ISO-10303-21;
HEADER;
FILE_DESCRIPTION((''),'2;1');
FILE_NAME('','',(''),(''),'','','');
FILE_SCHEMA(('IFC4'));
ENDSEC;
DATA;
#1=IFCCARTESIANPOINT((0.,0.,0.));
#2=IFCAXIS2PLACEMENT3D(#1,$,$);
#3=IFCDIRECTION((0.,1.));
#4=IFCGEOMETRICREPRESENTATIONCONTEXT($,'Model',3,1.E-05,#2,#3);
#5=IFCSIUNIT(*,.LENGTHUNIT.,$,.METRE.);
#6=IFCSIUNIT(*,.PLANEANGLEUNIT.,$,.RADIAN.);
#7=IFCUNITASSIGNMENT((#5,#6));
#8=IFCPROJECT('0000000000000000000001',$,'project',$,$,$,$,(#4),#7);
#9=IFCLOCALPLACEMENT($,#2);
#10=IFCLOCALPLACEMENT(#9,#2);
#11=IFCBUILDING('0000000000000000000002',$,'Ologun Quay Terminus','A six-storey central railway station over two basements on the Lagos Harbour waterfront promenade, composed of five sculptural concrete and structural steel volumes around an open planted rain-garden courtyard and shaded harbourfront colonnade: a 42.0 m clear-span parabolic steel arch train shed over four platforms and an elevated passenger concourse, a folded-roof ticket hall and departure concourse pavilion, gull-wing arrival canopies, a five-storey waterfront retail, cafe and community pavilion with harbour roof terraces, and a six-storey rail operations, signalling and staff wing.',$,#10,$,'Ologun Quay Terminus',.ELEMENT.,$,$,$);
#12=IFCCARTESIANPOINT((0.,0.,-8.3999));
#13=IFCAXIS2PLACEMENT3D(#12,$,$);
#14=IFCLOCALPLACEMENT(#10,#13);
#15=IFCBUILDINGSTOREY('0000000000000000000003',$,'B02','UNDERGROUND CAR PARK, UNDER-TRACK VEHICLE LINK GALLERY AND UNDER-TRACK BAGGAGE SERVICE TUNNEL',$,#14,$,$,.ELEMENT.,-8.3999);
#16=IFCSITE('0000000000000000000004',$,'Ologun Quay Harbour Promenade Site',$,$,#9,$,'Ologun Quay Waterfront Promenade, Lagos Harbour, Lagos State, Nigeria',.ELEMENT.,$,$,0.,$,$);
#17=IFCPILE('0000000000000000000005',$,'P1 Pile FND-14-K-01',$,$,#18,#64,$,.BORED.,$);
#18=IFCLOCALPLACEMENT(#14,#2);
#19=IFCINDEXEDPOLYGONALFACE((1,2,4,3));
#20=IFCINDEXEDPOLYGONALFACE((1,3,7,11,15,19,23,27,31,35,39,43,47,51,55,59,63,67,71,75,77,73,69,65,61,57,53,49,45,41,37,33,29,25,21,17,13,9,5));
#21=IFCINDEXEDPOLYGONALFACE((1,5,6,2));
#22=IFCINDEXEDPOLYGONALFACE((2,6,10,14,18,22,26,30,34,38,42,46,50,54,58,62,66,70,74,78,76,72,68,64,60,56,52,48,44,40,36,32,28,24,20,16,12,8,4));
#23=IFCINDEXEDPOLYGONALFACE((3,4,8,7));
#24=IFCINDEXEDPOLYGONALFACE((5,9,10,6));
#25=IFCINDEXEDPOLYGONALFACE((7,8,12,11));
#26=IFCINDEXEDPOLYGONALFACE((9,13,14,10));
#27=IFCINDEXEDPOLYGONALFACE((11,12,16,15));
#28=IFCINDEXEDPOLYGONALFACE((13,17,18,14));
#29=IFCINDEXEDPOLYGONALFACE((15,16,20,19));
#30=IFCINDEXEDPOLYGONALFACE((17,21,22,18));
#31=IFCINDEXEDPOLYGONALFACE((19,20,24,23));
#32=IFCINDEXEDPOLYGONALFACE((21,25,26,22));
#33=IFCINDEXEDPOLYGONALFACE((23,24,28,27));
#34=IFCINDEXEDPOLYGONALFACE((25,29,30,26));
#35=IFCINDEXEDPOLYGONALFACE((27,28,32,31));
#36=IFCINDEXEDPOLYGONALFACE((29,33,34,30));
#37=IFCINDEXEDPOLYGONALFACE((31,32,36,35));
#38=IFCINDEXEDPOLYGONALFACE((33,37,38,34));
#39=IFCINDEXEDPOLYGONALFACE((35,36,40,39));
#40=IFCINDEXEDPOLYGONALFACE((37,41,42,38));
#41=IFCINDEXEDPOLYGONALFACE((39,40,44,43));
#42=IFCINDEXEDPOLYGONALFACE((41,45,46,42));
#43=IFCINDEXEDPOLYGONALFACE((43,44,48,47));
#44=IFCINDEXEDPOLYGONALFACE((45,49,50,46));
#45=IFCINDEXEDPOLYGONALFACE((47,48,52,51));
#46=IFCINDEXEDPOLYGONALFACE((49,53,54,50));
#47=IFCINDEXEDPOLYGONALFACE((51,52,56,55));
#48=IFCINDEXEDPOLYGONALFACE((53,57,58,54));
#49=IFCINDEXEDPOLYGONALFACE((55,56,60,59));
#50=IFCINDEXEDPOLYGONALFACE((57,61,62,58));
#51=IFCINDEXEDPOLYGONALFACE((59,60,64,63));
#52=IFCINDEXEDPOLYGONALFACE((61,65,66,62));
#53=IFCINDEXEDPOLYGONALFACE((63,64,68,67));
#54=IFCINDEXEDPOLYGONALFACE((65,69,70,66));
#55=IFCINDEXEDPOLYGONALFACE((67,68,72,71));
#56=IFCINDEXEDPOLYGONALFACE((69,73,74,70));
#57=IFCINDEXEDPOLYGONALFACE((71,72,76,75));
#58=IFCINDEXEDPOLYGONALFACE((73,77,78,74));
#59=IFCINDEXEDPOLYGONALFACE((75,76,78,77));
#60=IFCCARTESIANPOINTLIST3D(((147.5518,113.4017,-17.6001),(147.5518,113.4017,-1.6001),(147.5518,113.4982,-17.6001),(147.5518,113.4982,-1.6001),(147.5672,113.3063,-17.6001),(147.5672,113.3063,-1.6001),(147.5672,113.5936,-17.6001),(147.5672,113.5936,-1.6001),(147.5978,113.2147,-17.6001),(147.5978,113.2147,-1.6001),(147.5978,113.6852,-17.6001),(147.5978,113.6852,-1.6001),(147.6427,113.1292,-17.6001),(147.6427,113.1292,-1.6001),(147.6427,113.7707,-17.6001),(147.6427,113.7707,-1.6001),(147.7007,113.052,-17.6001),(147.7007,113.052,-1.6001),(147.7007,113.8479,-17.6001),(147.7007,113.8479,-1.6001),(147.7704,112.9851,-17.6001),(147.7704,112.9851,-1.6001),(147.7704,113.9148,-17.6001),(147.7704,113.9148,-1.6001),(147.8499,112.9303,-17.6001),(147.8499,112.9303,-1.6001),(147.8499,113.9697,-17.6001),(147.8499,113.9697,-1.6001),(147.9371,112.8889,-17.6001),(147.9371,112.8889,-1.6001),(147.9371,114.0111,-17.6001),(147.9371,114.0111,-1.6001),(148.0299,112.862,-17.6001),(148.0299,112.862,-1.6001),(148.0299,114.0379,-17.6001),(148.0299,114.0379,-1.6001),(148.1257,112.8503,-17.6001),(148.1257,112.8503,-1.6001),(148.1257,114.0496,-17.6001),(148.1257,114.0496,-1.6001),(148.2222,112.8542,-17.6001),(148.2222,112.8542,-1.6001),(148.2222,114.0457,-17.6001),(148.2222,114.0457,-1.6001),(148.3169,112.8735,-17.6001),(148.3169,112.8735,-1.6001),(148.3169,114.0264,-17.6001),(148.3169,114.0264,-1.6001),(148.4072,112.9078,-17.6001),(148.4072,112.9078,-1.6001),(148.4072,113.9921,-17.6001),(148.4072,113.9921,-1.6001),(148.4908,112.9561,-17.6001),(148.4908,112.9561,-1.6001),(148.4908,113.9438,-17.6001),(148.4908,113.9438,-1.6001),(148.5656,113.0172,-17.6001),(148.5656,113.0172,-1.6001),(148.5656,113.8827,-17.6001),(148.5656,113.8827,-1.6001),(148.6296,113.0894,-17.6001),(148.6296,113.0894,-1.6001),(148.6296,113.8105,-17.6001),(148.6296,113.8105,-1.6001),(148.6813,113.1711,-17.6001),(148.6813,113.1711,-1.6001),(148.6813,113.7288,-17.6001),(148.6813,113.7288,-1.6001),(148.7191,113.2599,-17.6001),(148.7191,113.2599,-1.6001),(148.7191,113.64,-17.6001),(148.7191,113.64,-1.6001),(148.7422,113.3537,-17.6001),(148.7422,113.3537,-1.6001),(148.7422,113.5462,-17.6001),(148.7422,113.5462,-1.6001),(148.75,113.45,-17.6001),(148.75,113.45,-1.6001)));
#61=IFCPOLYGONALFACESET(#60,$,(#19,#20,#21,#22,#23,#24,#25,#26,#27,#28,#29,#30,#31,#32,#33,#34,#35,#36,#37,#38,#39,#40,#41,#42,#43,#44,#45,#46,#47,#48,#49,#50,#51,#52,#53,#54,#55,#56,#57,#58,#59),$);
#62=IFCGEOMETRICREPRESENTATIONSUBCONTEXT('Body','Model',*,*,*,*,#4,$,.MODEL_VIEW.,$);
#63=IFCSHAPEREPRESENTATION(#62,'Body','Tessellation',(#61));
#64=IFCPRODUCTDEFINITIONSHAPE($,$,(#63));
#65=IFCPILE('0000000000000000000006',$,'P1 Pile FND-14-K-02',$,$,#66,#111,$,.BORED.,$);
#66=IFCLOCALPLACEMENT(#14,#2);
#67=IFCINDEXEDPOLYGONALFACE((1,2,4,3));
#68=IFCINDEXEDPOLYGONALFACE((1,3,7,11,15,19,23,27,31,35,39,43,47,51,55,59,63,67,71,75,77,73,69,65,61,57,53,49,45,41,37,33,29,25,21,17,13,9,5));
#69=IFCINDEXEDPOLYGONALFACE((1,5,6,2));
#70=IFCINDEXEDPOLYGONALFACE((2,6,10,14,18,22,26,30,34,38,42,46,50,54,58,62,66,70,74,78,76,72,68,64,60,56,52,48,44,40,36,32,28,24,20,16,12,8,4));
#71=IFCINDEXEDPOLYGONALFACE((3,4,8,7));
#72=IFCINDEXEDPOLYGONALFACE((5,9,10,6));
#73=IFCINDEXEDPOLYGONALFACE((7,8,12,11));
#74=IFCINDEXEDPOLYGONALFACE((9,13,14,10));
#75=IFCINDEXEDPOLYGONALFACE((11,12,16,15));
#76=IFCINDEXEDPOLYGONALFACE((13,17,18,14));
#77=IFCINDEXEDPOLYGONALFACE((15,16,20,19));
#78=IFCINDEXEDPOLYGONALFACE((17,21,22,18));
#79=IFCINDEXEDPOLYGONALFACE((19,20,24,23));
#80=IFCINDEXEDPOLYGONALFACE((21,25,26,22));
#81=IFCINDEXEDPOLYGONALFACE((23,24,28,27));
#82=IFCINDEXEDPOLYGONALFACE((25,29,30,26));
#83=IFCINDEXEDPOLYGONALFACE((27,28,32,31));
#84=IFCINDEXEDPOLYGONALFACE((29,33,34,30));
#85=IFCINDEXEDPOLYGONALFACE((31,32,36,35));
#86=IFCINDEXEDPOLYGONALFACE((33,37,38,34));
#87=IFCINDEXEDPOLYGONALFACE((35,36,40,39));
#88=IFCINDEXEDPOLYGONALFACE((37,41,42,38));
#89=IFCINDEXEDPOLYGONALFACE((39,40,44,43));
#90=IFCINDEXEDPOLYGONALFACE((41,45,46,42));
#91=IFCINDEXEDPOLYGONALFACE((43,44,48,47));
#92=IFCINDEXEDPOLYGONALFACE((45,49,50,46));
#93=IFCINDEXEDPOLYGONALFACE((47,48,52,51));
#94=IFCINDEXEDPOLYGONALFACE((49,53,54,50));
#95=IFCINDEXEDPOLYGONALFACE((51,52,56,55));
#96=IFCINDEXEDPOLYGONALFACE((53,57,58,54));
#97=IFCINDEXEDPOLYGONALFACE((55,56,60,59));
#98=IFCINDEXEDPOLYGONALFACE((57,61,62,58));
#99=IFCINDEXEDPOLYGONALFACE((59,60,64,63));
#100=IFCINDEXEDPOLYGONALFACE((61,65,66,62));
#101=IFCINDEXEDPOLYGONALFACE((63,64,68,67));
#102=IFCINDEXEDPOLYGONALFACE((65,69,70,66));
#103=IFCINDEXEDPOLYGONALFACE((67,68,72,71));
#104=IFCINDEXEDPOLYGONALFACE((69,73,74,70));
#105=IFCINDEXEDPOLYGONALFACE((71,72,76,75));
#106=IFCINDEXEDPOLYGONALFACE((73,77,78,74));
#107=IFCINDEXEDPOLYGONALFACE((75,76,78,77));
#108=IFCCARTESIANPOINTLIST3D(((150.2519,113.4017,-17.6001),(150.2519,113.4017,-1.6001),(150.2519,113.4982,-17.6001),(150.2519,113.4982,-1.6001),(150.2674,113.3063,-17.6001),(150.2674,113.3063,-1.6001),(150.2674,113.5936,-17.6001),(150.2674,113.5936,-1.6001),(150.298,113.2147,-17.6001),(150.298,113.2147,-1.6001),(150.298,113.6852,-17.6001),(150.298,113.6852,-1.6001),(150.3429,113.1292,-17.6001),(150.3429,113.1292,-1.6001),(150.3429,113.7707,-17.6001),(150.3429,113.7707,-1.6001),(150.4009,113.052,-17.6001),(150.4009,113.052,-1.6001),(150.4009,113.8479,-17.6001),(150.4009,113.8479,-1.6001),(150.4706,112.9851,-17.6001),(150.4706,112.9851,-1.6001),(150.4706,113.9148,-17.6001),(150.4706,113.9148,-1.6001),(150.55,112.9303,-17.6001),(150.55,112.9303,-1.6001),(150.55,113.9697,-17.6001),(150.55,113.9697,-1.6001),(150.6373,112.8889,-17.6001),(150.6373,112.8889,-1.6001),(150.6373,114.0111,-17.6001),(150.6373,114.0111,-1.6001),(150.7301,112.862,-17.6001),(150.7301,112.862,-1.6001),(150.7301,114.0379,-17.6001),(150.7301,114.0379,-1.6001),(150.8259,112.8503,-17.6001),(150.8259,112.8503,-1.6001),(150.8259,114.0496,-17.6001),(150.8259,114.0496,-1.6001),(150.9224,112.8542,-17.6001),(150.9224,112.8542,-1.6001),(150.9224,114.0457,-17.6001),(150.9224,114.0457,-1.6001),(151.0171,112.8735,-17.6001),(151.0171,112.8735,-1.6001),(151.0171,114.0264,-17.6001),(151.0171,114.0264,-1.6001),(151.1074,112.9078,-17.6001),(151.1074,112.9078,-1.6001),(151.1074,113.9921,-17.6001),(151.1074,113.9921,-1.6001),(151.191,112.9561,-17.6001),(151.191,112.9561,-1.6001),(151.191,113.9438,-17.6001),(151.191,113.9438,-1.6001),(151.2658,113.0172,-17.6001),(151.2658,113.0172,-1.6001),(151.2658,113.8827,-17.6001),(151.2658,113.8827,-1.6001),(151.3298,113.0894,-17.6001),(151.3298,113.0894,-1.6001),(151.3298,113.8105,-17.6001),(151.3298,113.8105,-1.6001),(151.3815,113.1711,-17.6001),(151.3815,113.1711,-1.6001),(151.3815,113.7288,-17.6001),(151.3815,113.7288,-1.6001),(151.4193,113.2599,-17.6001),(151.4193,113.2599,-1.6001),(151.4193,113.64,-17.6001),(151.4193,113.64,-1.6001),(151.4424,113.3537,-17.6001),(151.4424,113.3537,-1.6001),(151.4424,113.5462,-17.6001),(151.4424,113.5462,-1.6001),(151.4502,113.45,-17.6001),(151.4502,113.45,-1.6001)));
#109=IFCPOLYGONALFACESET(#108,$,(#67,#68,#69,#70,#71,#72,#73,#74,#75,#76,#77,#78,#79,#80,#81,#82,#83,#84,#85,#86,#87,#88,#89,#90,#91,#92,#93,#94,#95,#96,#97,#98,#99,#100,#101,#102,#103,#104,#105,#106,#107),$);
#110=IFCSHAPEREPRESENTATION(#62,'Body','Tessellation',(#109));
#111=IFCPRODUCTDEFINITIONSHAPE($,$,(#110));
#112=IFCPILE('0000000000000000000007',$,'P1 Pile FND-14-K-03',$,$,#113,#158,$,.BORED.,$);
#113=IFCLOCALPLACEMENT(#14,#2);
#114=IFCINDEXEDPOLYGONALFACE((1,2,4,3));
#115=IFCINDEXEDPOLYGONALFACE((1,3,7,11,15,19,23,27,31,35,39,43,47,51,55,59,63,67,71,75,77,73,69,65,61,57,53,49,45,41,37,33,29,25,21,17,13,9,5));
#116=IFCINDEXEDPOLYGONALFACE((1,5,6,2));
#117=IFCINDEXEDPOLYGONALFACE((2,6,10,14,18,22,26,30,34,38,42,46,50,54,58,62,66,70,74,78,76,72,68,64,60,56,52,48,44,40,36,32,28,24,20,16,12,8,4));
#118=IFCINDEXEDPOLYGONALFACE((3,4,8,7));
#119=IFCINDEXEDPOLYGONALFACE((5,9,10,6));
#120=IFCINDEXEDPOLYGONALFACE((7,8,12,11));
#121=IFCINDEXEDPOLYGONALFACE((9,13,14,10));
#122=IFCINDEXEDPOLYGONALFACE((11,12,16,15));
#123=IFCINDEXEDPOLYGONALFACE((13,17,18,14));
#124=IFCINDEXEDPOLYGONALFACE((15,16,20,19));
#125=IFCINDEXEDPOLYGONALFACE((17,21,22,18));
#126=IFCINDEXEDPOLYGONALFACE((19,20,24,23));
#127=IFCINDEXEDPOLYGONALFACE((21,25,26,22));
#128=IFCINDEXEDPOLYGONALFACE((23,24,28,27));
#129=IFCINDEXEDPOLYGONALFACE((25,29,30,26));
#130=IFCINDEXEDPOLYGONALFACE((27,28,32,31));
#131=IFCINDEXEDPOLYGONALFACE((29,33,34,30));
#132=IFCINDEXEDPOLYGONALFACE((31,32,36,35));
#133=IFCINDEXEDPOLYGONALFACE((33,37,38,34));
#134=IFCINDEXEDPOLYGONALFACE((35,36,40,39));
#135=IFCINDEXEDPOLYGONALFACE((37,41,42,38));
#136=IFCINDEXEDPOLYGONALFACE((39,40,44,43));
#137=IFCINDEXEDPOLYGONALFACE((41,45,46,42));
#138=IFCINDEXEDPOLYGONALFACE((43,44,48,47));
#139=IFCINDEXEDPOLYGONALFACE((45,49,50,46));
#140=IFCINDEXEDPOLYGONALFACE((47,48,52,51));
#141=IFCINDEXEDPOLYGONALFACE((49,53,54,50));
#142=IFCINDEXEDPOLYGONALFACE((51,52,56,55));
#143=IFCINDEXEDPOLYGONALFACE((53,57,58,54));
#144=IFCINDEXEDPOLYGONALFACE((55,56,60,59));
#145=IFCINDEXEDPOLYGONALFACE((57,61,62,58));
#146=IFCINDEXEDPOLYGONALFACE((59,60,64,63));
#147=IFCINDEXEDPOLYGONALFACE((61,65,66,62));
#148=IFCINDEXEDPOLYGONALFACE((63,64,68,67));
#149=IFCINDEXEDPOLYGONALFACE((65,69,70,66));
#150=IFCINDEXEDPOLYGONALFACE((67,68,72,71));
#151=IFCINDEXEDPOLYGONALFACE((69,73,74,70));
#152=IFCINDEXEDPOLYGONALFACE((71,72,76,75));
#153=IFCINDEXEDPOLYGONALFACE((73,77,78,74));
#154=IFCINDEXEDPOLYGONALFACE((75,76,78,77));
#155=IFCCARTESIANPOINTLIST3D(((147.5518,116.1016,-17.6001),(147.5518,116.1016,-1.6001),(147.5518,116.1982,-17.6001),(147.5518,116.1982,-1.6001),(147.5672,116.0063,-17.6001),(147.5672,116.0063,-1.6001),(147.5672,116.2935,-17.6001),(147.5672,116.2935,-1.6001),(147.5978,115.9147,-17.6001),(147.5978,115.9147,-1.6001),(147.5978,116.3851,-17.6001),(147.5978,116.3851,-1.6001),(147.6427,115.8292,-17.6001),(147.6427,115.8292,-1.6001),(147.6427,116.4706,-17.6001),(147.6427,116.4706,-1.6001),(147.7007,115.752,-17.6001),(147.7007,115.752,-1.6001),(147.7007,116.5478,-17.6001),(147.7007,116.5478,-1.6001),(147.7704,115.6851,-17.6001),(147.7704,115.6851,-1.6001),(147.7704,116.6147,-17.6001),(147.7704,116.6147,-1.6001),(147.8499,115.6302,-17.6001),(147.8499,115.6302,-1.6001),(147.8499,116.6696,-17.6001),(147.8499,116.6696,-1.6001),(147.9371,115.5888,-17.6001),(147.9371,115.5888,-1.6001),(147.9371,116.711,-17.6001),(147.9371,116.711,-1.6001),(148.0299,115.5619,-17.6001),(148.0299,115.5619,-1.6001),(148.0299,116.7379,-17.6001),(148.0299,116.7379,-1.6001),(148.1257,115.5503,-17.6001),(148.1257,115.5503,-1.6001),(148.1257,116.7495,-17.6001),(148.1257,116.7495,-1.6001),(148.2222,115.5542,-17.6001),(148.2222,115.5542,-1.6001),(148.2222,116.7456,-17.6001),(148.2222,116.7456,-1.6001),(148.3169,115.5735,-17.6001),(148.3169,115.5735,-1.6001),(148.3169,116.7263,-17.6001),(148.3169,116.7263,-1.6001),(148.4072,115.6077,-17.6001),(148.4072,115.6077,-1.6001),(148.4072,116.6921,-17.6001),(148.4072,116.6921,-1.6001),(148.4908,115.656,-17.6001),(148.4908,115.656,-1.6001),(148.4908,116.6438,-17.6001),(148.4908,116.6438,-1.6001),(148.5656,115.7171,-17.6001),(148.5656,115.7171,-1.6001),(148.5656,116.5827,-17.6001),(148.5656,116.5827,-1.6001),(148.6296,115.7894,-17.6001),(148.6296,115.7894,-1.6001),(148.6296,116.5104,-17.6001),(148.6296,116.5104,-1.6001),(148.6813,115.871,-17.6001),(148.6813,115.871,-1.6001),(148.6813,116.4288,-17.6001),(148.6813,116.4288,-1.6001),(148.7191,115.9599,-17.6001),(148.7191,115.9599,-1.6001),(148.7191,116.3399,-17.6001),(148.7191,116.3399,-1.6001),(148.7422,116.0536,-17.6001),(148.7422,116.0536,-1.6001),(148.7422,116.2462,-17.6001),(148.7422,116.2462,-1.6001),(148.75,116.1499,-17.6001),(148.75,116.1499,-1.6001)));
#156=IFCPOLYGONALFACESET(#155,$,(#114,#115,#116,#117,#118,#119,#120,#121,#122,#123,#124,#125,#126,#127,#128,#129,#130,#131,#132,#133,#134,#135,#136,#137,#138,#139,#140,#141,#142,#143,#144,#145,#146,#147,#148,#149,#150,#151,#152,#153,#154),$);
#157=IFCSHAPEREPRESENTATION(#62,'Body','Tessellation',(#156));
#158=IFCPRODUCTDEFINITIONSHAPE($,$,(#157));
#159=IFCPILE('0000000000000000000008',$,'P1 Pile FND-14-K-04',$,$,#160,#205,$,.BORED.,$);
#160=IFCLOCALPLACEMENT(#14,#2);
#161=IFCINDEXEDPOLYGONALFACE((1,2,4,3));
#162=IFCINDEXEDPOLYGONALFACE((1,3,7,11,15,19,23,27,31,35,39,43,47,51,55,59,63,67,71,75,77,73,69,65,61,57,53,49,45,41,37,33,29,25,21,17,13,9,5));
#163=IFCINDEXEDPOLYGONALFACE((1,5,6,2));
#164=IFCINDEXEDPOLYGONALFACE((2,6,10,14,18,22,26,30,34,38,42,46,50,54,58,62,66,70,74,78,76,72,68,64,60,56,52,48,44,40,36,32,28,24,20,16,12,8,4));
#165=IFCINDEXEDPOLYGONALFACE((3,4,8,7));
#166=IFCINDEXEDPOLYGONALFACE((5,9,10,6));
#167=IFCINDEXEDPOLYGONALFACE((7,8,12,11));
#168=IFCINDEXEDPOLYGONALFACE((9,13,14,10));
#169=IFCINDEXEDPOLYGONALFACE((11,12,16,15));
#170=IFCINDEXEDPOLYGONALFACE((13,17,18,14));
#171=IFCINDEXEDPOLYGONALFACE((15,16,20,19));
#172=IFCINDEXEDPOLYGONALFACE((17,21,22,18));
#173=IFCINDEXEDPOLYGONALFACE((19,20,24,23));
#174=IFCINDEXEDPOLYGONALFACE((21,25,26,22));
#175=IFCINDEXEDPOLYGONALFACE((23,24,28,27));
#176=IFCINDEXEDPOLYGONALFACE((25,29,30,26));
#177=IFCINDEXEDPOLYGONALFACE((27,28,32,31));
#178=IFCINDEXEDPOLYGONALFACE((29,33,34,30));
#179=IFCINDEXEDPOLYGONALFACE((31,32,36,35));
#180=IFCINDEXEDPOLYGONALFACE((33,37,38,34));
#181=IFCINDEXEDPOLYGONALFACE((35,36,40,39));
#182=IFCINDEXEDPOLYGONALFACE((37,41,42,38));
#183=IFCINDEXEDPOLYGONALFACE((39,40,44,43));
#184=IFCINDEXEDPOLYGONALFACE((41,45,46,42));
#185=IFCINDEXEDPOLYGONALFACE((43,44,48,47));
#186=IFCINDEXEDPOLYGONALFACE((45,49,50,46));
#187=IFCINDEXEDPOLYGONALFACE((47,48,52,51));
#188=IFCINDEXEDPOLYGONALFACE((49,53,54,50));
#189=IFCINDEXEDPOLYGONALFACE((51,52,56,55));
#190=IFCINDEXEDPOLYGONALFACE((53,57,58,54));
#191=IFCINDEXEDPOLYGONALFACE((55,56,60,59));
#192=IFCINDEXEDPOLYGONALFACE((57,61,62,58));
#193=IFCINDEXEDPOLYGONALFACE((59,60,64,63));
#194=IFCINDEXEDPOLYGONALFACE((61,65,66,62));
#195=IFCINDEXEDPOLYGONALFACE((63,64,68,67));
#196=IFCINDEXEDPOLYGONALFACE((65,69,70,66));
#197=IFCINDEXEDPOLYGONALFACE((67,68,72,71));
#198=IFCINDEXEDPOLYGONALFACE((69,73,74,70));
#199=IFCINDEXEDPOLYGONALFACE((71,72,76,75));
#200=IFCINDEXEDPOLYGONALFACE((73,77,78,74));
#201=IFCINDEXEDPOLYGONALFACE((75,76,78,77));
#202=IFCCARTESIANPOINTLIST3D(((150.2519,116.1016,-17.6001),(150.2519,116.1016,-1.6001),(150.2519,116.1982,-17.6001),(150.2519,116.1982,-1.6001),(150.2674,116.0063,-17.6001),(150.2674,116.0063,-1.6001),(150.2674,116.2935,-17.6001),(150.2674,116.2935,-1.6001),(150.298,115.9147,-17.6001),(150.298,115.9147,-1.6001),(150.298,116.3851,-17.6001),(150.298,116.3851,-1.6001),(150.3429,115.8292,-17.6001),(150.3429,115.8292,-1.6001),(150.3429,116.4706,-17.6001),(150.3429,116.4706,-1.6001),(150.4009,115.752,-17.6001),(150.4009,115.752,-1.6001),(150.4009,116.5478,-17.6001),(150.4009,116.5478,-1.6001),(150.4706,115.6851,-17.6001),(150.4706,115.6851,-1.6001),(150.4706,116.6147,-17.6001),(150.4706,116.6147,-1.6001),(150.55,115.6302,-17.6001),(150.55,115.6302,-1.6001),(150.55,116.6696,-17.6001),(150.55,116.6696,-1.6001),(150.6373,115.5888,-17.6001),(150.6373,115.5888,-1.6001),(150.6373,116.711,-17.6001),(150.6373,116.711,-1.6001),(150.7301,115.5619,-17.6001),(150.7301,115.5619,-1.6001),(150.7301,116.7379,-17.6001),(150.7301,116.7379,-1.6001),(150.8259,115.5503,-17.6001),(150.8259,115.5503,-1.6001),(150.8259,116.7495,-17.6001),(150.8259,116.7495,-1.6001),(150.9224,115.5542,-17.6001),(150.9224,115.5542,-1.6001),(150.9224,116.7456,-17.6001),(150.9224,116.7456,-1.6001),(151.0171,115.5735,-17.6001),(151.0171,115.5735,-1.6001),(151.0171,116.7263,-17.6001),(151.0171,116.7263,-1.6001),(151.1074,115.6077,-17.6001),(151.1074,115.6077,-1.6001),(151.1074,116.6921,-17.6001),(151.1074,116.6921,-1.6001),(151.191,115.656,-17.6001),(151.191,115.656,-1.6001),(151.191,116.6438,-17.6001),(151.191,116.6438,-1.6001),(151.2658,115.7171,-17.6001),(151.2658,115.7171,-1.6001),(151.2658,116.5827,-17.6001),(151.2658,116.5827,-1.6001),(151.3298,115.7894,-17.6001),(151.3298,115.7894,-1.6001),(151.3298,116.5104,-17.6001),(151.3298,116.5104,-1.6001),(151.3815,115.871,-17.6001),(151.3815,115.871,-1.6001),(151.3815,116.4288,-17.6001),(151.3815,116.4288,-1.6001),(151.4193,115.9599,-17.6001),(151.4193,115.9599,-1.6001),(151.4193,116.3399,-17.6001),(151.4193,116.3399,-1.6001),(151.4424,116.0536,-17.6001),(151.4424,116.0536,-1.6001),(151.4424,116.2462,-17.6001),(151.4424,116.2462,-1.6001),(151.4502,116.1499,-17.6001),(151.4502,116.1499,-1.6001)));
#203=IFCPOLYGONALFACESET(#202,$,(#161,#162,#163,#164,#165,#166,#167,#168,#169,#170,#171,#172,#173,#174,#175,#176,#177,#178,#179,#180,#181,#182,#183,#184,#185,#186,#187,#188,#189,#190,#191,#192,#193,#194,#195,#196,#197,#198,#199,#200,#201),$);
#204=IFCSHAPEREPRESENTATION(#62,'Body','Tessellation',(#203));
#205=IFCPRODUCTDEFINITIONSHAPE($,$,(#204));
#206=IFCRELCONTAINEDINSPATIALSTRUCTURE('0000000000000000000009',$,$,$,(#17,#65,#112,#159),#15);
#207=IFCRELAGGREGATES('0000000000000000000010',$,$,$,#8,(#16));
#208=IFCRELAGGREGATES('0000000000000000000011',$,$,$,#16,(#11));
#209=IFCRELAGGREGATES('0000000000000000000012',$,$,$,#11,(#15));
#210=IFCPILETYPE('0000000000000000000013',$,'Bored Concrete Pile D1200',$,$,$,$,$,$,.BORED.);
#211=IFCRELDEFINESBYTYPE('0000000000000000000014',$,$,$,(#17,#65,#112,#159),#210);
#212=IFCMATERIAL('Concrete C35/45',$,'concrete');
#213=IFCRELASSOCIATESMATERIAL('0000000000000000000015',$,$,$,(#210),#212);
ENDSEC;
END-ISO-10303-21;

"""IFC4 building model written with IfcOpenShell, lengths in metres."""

from ifc_helpers import new_model, si_unit, direction, frame, origin, origin_2d, place, context, subcontext, project, spatial, circle, extrude, material, material_profile, profile_set, type_object, element, save


model = new_model("IFC4")

# Units and contexts
model_context = context("Model", 3, precision=1e-05, world=origin(), true_north=direction((0.0, 1.0)))
body_context = subcontext(model_context, "Body", "Model", "MODEL_VIEW")
ifc_project = project(units=[si_unit("LENGTHUNIT", "METRE"), si_unit("PLANEANGLEUNIT", "RADIAN")], contexts=[model_context])

# Site, building, storey
site_placement = place(None, origin())
site = spatial("IfcSite", under=ifc_project, at=site_placement, Name="Ologun Quay Harbour Promenade Site", LongName="Ologun Quay Waterfront Promenade, Lagos Harbour, Lagos State, Nigeria", CompositionType="ELEMENT", RefElevation=0.0)
building_placement = place(site_placement, origin())
building = spatial("IfcBuilding", under=site, at=building_placement, Name="Ologun Quay Terminus", Description="A six-storey central railway station over two basements on the Lagos Harbour waterfront promenade, composed of five sculptural concrete and structural steel volumes around an open planted rain-garden courtyard and shaded harbourfront colonnade: a 42.0 m clear-span parabolic steel arch train shed over four platforms and an elevated passenger concourse, a folded-roof ticket hall and departure concourse pavilion, gull-wing arrival canopies, a five-storey waterfront retail, cafe and community pavilion with harbour roof terraces, and a six-storey rail operations, signalling and staff wing.", LongName="Ologun Quay Terminus", CompositionType="ELEMENT")
storey_placement = place(building_placement, frame((0.0, 0.0, -8.3999)))
storey = spatial("IfcBuildingStorey", under=building, at=storey_placement, Name="B02", Description="UNDERGROUND CAR PARK, UNDER-TRACK VEHICLE LINK GALLERY AND UNDER-TRACK BAGGAGE SERVICE TUNNEL", CompositionType="ELEMENT", Elevation=-8.3999)

# Piles
ifc_material_1 = material(Name="Concrete C35/45", Category="concrete")
ifc_material_profile_1 = material_profile(ifc_material_1, circle(Radius=0.6001, at=origin_2d()), Name="PILE D1200")
ifc_profile_set_1 = profile_set([ifc_material_profile_1], Name="Concrete C35/45")
pile_type_1 = type_object("IfcPileType", Name="Bored Concrete Pile D1200", PredefinedType="BORED", material=ifc_profile_set_1)
for number, where, z_axis, x_axis, name in (
    (1, (148.1499, 113.45, -1.6001), (0.0, 0.0, -1.0), (1.0, 0.0, 0.0), "P1 Pile FND-14-K-01"),
    (2, (150.8501, 113.45, -1.6001), (0.0, 0.0, -1.0), (1.0, 0.0, 0.0), "P1 Pile FND-14-K-02"),
    (3, (148.1499, 116.1499, -1.6001), (0.0, 0.0, -1.0), (1.0, 0.0, 0.0), "P1 Pile FND-14-K-03"),
    (4, (150.8501, 116.1499, -1.6001), (0.0, 0.0, -1.0), (1.0, 0.0, 0.0), "P1 Pile FND-14-K-04"),
):
    element("IfcPile", number, at=place(storey_placement, frame(where, z_axis=z_axis, x_axis=x_axis)), inside=storey, type_object=pile_type_1, Name=name, PredefinedType="BORED", context=body_context, shape_type="SweptSolid", body=[
        extrude(circle(Radius=0.6001, at=origin_2d()), origin(), (0.0, 0.0, 1.0), 16.0),
    ])

save(model, "model.ifc")
